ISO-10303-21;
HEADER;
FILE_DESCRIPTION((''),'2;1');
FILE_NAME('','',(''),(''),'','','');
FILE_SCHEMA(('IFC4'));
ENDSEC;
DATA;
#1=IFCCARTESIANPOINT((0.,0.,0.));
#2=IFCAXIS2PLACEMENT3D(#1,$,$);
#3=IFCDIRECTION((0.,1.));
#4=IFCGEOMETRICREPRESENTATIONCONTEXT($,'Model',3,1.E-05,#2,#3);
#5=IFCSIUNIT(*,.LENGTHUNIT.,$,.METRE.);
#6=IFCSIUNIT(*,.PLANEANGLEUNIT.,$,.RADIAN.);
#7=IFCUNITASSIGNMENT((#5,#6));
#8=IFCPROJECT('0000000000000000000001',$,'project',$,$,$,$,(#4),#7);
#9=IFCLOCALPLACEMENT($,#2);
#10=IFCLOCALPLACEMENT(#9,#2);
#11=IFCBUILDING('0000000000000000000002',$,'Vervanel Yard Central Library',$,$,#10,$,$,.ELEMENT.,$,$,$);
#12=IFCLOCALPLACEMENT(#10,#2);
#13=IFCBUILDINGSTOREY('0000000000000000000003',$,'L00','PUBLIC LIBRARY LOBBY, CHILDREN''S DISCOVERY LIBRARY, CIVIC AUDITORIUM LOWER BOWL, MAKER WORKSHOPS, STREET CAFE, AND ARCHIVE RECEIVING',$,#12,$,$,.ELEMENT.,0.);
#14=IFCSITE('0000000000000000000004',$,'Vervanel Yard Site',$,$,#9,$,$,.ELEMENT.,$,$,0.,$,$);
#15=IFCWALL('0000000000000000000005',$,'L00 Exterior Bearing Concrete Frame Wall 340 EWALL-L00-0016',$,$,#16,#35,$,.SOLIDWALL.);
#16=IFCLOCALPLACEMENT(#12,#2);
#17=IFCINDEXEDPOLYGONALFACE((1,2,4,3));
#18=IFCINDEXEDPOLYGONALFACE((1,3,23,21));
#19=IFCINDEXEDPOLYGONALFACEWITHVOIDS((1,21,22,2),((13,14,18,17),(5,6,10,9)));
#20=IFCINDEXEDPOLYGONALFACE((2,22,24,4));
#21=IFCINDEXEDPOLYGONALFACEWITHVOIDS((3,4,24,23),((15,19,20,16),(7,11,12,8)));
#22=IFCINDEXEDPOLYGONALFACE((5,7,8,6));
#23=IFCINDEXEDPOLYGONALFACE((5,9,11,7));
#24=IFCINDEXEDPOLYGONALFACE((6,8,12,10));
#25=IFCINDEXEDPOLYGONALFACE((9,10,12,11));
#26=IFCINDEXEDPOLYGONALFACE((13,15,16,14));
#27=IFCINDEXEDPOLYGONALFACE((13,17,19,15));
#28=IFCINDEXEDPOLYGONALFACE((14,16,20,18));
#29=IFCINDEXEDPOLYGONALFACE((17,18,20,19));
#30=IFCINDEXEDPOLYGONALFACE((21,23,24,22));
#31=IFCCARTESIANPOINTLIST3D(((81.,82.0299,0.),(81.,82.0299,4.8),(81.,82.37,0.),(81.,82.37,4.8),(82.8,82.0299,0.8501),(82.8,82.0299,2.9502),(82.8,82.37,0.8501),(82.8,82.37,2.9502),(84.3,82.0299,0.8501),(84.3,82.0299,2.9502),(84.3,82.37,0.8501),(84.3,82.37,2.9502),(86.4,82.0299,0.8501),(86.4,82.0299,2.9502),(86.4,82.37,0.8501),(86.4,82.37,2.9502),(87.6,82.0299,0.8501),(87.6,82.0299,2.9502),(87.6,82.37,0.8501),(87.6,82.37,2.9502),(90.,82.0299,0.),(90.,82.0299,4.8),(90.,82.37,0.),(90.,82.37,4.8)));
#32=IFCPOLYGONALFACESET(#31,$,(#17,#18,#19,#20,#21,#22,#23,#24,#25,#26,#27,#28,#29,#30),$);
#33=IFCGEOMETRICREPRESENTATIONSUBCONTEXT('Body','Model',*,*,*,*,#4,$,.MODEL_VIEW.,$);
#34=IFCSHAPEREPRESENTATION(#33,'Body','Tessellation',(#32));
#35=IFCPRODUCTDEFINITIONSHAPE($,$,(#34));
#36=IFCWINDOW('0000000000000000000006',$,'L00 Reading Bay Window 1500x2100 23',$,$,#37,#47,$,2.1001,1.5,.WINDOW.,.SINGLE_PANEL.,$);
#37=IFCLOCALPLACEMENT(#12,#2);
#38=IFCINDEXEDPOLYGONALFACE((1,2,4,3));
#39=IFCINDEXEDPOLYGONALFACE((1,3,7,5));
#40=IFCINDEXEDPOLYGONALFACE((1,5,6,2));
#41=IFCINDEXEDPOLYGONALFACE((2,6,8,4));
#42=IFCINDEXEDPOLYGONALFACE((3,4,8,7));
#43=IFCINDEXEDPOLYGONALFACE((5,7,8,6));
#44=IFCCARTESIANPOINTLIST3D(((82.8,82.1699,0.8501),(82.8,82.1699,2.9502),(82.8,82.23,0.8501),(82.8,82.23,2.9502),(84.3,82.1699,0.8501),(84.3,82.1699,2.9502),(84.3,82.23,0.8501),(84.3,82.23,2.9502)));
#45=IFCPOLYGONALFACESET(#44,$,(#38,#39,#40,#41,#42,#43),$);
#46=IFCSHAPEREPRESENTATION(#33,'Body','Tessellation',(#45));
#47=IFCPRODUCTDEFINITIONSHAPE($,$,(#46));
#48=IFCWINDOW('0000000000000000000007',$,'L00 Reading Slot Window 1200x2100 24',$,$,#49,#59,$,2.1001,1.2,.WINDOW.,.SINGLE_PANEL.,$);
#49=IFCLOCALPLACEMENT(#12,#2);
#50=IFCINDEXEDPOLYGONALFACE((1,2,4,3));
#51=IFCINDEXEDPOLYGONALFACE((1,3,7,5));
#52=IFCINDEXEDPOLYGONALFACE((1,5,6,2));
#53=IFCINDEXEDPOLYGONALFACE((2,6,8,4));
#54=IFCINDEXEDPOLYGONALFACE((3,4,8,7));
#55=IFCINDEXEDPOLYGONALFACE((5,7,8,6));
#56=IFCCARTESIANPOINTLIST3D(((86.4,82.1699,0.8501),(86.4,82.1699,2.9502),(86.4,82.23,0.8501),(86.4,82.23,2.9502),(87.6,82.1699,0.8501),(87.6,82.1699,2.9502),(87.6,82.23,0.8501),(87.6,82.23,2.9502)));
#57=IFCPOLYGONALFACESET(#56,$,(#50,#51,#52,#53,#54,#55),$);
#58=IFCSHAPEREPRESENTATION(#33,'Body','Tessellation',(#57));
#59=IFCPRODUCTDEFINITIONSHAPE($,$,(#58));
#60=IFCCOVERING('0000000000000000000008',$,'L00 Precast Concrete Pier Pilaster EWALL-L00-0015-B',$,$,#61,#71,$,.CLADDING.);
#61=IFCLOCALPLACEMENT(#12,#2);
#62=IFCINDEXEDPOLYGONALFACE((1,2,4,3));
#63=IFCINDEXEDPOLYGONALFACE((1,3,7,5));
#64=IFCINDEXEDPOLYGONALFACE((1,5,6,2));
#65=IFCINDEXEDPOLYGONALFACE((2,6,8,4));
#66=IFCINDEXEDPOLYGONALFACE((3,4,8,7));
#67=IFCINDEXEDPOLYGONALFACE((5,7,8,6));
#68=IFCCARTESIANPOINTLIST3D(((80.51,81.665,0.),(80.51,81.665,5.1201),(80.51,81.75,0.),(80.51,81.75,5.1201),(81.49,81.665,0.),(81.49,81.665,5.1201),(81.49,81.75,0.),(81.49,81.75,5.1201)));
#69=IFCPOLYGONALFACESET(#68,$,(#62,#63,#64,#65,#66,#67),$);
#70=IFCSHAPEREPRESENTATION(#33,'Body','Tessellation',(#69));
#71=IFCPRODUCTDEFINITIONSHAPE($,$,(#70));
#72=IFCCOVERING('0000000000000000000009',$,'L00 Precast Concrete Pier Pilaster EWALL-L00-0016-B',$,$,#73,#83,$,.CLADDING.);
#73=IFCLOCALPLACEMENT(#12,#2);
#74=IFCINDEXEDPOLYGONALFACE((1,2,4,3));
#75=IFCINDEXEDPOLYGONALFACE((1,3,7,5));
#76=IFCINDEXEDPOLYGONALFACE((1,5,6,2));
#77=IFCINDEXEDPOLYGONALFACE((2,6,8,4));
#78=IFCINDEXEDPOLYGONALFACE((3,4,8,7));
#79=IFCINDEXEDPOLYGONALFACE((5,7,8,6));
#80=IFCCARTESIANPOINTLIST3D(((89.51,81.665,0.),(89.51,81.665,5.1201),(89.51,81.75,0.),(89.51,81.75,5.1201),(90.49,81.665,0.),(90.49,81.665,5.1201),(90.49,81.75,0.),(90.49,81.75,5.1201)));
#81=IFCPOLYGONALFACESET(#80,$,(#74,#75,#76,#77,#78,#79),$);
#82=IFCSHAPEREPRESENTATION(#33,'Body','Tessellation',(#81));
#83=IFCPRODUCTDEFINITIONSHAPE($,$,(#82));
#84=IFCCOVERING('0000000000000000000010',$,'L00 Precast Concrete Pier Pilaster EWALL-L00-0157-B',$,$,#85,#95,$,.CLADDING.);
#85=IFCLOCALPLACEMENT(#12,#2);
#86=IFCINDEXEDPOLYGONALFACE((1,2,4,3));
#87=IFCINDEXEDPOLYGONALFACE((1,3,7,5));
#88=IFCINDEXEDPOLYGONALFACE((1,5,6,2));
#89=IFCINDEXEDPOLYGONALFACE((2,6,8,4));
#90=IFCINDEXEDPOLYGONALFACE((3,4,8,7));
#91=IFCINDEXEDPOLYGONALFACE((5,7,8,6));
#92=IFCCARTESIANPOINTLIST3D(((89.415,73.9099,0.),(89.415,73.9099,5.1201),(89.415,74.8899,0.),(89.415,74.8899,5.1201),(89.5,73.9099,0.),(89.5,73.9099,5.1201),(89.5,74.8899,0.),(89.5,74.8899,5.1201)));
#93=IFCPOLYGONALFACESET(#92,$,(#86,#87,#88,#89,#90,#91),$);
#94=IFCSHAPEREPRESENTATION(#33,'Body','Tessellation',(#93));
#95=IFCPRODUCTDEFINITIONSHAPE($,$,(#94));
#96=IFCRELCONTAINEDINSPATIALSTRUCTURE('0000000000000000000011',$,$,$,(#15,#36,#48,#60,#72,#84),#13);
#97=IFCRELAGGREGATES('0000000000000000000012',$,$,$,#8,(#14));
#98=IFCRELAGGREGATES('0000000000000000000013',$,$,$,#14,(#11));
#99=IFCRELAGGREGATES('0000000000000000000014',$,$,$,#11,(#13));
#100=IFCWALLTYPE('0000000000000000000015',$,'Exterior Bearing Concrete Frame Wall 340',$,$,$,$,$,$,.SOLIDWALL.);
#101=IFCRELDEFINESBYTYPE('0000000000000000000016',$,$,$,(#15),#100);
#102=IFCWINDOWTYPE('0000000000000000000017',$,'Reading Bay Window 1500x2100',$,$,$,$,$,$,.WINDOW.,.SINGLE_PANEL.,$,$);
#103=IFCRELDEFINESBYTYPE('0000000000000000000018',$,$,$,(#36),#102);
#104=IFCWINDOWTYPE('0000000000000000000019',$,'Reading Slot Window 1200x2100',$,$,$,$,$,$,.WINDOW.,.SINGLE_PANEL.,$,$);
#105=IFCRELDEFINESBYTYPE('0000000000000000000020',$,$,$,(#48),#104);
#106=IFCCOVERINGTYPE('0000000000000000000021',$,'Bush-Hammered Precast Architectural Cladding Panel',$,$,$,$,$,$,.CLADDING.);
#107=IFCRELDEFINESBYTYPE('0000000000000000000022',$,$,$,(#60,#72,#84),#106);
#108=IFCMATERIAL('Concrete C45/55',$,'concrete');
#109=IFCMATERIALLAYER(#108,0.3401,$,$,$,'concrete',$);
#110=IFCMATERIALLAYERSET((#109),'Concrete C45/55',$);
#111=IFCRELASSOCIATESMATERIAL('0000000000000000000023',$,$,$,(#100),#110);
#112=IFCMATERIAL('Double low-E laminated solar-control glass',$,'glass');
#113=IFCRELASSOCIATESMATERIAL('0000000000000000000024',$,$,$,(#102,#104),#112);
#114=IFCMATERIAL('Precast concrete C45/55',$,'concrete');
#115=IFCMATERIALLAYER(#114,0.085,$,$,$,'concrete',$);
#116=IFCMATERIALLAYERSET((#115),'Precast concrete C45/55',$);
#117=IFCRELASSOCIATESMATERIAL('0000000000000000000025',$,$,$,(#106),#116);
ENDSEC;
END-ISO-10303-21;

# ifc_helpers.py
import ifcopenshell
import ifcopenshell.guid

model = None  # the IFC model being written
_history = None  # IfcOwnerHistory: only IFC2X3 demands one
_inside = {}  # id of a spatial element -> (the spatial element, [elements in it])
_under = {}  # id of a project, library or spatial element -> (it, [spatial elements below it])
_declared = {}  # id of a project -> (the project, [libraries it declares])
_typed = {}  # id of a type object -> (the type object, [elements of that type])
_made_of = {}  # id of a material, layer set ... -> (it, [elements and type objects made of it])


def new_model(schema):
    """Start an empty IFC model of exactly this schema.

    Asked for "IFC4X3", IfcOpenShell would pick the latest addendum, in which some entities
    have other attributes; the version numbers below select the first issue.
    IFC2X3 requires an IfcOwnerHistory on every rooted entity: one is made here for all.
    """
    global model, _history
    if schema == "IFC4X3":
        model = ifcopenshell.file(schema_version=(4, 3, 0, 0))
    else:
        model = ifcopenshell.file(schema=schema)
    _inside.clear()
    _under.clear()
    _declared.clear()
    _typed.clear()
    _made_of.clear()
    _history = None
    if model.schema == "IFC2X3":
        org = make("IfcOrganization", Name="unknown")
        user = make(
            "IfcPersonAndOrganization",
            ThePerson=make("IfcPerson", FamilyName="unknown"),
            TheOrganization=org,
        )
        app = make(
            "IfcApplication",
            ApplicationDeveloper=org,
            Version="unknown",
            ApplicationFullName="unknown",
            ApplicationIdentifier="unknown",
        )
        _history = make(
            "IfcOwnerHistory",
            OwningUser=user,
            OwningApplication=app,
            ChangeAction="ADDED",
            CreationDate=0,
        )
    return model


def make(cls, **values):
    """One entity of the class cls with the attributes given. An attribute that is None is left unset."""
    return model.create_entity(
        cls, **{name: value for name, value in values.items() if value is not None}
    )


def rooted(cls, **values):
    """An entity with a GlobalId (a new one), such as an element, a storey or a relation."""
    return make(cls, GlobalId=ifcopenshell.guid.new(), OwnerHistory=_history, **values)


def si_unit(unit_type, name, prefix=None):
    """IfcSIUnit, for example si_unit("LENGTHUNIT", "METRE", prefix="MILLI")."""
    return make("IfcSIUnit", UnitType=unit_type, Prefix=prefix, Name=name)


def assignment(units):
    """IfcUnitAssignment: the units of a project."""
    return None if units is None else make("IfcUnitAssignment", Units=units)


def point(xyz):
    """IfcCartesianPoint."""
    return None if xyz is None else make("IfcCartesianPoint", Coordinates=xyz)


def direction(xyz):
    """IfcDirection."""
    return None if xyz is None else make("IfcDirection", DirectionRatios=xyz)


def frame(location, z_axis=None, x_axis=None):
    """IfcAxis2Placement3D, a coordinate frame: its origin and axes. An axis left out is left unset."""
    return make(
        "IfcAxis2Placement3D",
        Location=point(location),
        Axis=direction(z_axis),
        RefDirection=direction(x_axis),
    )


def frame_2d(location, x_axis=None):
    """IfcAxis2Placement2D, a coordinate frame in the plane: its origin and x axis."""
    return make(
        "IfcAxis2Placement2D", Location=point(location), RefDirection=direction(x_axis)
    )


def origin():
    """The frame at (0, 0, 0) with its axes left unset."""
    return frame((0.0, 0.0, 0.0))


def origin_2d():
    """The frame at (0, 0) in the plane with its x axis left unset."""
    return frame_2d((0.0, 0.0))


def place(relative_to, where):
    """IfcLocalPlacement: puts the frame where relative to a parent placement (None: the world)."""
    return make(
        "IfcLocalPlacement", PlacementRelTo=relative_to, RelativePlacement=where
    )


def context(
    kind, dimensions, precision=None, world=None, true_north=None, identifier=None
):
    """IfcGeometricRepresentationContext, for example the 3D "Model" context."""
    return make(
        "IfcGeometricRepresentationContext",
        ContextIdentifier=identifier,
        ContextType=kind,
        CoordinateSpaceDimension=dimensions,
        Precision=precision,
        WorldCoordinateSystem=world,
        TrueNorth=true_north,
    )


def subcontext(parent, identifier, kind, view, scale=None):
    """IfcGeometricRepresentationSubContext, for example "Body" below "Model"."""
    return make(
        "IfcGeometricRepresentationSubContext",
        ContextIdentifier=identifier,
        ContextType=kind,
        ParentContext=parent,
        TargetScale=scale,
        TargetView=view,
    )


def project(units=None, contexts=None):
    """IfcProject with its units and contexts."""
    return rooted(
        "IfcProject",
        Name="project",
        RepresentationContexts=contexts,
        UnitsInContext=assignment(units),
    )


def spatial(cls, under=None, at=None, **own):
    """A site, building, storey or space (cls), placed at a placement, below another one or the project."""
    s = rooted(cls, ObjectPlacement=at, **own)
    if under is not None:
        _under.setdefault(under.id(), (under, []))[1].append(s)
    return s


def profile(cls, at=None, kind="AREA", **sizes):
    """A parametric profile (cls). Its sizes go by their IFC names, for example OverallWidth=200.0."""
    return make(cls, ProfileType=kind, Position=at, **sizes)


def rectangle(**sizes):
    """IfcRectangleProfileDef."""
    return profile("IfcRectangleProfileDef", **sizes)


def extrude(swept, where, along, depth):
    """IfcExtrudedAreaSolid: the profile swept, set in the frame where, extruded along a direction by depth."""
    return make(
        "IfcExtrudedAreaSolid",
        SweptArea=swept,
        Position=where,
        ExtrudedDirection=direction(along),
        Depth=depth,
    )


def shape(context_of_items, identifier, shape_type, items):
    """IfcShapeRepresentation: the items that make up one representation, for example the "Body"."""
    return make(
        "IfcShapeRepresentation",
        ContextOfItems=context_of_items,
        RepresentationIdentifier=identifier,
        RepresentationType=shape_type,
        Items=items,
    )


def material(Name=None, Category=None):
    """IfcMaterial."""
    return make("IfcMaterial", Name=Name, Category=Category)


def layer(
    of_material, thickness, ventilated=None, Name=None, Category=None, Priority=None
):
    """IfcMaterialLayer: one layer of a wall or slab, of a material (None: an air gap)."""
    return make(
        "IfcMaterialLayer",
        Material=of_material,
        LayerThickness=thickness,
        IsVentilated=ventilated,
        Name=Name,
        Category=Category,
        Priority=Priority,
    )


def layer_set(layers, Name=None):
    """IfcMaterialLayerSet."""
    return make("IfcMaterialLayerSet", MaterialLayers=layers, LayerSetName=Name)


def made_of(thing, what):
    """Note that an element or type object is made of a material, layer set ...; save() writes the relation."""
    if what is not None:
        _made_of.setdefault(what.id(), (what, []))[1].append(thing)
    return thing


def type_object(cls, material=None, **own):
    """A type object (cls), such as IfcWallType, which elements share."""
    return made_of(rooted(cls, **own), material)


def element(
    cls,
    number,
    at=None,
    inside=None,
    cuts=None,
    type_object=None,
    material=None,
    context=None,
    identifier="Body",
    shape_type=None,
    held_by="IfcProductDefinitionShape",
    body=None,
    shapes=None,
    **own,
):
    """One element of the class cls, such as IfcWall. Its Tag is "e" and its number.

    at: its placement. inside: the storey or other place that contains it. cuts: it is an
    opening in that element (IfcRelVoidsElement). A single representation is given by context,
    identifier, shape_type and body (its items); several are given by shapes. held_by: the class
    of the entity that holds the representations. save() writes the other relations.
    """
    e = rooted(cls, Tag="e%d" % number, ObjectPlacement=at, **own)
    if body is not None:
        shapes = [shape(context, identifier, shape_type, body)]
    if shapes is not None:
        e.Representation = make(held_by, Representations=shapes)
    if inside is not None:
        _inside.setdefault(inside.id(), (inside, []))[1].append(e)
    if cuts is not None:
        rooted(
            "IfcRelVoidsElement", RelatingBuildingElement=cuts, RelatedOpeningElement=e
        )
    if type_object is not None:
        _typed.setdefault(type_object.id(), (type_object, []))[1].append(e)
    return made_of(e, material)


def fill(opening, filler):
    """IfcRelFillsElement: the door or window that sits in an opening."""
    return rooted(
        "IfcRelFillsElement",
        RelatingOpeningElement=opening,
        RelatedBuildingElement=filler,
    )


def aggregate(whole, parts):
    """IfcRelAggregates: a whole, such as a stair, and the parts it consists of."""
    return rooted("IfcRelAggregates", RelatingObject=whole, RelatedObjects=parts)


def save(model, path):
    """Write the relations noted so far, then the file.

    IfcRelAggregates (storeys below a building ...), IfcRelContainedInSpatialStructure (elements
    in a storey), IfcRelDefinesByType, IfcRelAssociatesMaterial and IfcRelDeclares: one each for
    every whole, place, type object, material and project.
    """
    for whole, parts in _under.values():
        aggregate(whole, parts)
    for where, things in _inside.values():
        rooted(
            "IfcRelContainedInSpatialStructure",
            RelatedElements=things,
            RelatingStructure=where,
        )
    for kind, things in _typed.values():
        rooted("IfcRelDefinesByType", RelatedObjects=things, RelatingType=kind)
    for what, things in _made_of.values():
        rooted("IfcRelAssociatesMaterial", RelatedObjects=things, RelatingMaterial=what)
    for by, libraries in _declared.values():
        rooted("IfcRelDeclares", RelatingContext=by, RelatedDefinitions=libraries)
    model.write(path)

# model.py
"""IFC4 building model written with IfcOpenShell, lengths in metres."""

from ifc_helpers import new_model, si_unit, direction, frame, frame_2d, origin, origin_2d, place, context, subcontext, project, spatial, rectangle, extrude, material, layer, layer_set, type_object, element, fill, save


model = new_model("IFC4")

# Units and contexts
model_context = context("Model", 3, precision=1e-05, world=origin(), true_north=direction((0.0, 1.0)))
body_context = subcontext(model_context, "Body", "Model", "MODEL_VIEW")
ifc_project = project(units=[si_unit("LENGTHUNIT", "METRE"), si_unit("PLANEANGLEUNIT", "RADIAN")], contexts=[model_context])

# Site, building, storey
site_placement = place(None, origin())
site = spatial("IfcSite", under=ifc_project, at=site_placement, Name="Vervanel Yard Site", CompositionType="ELEMENT", RefElevation=0.0)
building_placement = place(site_placement, origin())
building = spatial("IfcBuilding", under=site, at=building_placement, Name="Vervanel Yard Central Library", CompositionType="ELEMENT")
storey_placement = place(building_placement, origin())
storey = spatial("IfcBuildingStorey", under=building, at=storey_placement, Name="L00", Description="PUBLIC LIBRARY LOBBY, CHILDREN'S DISCOVERY LIBRARY, CIVIC AUDITORIUM LOWER BOWL, MAKER WORKSHOPS, STREET CAFE, AND ARCHIVE RECEIVING", CompositionType="ELEMENT", Elevation=0.0)

# Shared definitions
ifc_material_1 = material(Name="Concrete C45/55", Category="concrete")

# Wall, openings, windows
ifc_layer_1 = layer(ifc_material_1, 0.3401, Category="concrete")
ifc_layer_set_1 = layer_set([ifc_layer_1], Name="Concrete C45/55")
wall_type_1 = type_object("IfcWallType", Name="Exterior Bearing Concrete Frame Wall 340", PredefinedType="SOLIDWALL", material=ifc_layer_set_1)
wall_1_placement = place(storey_placement, frame((81.0, 82.2, 0.0), z_axis=(0.0, 0.0, 1.0), x_axis=(1.0, 0.0, 0.0)))
wall_1 = element("IfcWall", 1, at=wall_1_placement, inside=storey, type_object=wall_type_1, Name="L00 Exterior Bearing Concrete Frame Wall 340 EWALL-L00-0016", PredefinedType="SOLIDWALL", context=body_context, shape_type="SweptSolid", body=[
    extrude(rectangle(XDim=9.0, YDim=0.3401, at=frame_2d((4.5, 0.0))), origin(), (0.0, 0.0, 1.0), 4.8),
])
opening_1_placement = place(wall_1_placement, frame((1.8, 0.0, 0.8501)))
opening_1 = element("IfcOpeningElement", 2, at=opening_1_placement, cuts=wall_1, PredefinedType="OPENING", context=body_context, shape_type="SweptSolid", body=[
    extrude(rectangle(XDim=1.5, YDim=2.1001, at=frame_2d((0.75, 1.05))), frame((0.0, 0.1799, 0.0), z_axis=(0.0, -1.0, 0.0), x_axis=(1.0, 0.0, 0.0)), (0.0, 0.0, 1.0), 0.3601),
])
opening_2_placement = place(wall_1_placement, frame((5.3999, 0.0, 0.8501)))
opening_2 = element("IfcOpeningElement", 3, at=opening_2_placement, cuts=wall_1, PredefinedType="OPENING", context=body_context, shape_type="SweptSolid", body=[
    extrude(rectangle(XDim=1.2, YDim=2.1001, at=frame_2d((0.6001, 1.05))), frame((0.0, 0.1799, 0.0), z_axis=(0.0, -1.0, 0.0), x_axis=(1.0, 0.0, 0.0)), (0.0, 0.0, 1.0), 0.3601),
])
ifc_material_2 = material(Name="Double low-E laminated solar-control glass", Category="glass")
window_type_1 = type_object("IfcWindowType", Name="Reading Bay Window 1500x2100", PartitioningType="SINGLE_PANEL", PredefinedType="WINDOW", material=ifc_material_2)
window_1_placement = place(opening_1_placement, origin())
window_1 = element("IfcWindow", 4, at=window_1_placement, inside=storey, type_object=window_type_1, Name="L00 Reading Bay Window 1500x2100 23", OverallHeight=2.1001, OverallWidth=1.5, PartitioningType="SINGLE_PANEL", PredefinedType="WINDOW", context=body_context, shape_type="SweptSolid", body=[
    extrude(rectangle(XDim=1.5, YDim=2.1001, at=frame_2d((0.75, 1.05))), frame((0.0, 0.03, 0.0), z_axis=(0.0, -1.0, 0.0), x_axis=(1.0, 0.0, 0.0)), (0.0, 0.0, 1.0), 0.0601),
])
fill(opening_1, window_1)
window_type_2 = type_object("IfcWindowType", Name="Reading Slot Window 1200x2100", PartitioningType="SINGLE_PANEL", PredefinedType="WINDOW", material=ifc_material_2)
window_2_placement = place(opening_2_placement, origin())
window_2 = element("IfcWindow", 5, at=window_2_placement, inside=storey, type_object=window_type_2, Name="L00 Reading Slot Window 1200x2100 24", OverallHeight=2.1001, OverallWidth=1.2, PartitioningType="SINGLE_PANEL", PredefinedType="WINDOW", context=body_context, shape_type="SweptSolid", body=[
    extrude(rectangle(XDim=1.2, YDim=2.1001, at=frame_2d((0.6001, 1.05))), frame((0.0, 0.03, 0.0), z_axis=(0.0, -1.0, 0.0), x_axis=(1.0, 0.0, 0.0)), (0.0, 0.0, 1.0), 0.0601),
])
fill(opening_2, window_2)

# Coverings
ifc_material_3 = material(Name="Precast concrete C45/55", Category="concrete")
ifc_layer_2 = layer(ifc_material_3, 0.085, Category="concrete")
ifc_layer_set_2 = layer_set([ifc_layer_2], Name="Precast concrete C45/55")
covering_type = type_object("IfcCoveringType", Name="Bush-Hammered Precast Architectural Cladding Panel", PredefinedType="CLADDING", material=ifc_layer_set_2)
for number, where, z_axis, x_axis, name in (
    (6, (81.0, 81.7075, 0.0), (0.0, 0.0, 1.0), (1.0, 0.0, 0.0), "L00 Precast Concrete Pier Pilaster EWALL-L00-0015-B"),
    (7, (90.0, 81.7075, 0.0), (0.0, 0.0, 1.0), (1.0, 0.0, 0.0), "L00 Precast Concrete Pier Pilaster EWALL-L00-0016-B"),
    (8, (89.4575, 74.3999, 0.0), (0.0, 0.0, 1.0), (0.0, 1.0, 0.0), "L00 Precast Concrete Pier Pilaster EWALL-L00-0157-B"),
):
    element("IfcCovering", number, at=place(storey_placement, frame(where, z_axis=z_axis, x_axis=x_axis)), inside=storey, type_object=covering_type, Name=name, PredefinedType="CLADDING", context=body_context, shape_type="SweptSolid", body=[
        extrude(rectangle(XDim=0.98, YDim=0.085, at=origin_2d()), origin(), (0.0, 0.0, 1.0), 5.1201),
    ])

save(model, "model.ifc")
